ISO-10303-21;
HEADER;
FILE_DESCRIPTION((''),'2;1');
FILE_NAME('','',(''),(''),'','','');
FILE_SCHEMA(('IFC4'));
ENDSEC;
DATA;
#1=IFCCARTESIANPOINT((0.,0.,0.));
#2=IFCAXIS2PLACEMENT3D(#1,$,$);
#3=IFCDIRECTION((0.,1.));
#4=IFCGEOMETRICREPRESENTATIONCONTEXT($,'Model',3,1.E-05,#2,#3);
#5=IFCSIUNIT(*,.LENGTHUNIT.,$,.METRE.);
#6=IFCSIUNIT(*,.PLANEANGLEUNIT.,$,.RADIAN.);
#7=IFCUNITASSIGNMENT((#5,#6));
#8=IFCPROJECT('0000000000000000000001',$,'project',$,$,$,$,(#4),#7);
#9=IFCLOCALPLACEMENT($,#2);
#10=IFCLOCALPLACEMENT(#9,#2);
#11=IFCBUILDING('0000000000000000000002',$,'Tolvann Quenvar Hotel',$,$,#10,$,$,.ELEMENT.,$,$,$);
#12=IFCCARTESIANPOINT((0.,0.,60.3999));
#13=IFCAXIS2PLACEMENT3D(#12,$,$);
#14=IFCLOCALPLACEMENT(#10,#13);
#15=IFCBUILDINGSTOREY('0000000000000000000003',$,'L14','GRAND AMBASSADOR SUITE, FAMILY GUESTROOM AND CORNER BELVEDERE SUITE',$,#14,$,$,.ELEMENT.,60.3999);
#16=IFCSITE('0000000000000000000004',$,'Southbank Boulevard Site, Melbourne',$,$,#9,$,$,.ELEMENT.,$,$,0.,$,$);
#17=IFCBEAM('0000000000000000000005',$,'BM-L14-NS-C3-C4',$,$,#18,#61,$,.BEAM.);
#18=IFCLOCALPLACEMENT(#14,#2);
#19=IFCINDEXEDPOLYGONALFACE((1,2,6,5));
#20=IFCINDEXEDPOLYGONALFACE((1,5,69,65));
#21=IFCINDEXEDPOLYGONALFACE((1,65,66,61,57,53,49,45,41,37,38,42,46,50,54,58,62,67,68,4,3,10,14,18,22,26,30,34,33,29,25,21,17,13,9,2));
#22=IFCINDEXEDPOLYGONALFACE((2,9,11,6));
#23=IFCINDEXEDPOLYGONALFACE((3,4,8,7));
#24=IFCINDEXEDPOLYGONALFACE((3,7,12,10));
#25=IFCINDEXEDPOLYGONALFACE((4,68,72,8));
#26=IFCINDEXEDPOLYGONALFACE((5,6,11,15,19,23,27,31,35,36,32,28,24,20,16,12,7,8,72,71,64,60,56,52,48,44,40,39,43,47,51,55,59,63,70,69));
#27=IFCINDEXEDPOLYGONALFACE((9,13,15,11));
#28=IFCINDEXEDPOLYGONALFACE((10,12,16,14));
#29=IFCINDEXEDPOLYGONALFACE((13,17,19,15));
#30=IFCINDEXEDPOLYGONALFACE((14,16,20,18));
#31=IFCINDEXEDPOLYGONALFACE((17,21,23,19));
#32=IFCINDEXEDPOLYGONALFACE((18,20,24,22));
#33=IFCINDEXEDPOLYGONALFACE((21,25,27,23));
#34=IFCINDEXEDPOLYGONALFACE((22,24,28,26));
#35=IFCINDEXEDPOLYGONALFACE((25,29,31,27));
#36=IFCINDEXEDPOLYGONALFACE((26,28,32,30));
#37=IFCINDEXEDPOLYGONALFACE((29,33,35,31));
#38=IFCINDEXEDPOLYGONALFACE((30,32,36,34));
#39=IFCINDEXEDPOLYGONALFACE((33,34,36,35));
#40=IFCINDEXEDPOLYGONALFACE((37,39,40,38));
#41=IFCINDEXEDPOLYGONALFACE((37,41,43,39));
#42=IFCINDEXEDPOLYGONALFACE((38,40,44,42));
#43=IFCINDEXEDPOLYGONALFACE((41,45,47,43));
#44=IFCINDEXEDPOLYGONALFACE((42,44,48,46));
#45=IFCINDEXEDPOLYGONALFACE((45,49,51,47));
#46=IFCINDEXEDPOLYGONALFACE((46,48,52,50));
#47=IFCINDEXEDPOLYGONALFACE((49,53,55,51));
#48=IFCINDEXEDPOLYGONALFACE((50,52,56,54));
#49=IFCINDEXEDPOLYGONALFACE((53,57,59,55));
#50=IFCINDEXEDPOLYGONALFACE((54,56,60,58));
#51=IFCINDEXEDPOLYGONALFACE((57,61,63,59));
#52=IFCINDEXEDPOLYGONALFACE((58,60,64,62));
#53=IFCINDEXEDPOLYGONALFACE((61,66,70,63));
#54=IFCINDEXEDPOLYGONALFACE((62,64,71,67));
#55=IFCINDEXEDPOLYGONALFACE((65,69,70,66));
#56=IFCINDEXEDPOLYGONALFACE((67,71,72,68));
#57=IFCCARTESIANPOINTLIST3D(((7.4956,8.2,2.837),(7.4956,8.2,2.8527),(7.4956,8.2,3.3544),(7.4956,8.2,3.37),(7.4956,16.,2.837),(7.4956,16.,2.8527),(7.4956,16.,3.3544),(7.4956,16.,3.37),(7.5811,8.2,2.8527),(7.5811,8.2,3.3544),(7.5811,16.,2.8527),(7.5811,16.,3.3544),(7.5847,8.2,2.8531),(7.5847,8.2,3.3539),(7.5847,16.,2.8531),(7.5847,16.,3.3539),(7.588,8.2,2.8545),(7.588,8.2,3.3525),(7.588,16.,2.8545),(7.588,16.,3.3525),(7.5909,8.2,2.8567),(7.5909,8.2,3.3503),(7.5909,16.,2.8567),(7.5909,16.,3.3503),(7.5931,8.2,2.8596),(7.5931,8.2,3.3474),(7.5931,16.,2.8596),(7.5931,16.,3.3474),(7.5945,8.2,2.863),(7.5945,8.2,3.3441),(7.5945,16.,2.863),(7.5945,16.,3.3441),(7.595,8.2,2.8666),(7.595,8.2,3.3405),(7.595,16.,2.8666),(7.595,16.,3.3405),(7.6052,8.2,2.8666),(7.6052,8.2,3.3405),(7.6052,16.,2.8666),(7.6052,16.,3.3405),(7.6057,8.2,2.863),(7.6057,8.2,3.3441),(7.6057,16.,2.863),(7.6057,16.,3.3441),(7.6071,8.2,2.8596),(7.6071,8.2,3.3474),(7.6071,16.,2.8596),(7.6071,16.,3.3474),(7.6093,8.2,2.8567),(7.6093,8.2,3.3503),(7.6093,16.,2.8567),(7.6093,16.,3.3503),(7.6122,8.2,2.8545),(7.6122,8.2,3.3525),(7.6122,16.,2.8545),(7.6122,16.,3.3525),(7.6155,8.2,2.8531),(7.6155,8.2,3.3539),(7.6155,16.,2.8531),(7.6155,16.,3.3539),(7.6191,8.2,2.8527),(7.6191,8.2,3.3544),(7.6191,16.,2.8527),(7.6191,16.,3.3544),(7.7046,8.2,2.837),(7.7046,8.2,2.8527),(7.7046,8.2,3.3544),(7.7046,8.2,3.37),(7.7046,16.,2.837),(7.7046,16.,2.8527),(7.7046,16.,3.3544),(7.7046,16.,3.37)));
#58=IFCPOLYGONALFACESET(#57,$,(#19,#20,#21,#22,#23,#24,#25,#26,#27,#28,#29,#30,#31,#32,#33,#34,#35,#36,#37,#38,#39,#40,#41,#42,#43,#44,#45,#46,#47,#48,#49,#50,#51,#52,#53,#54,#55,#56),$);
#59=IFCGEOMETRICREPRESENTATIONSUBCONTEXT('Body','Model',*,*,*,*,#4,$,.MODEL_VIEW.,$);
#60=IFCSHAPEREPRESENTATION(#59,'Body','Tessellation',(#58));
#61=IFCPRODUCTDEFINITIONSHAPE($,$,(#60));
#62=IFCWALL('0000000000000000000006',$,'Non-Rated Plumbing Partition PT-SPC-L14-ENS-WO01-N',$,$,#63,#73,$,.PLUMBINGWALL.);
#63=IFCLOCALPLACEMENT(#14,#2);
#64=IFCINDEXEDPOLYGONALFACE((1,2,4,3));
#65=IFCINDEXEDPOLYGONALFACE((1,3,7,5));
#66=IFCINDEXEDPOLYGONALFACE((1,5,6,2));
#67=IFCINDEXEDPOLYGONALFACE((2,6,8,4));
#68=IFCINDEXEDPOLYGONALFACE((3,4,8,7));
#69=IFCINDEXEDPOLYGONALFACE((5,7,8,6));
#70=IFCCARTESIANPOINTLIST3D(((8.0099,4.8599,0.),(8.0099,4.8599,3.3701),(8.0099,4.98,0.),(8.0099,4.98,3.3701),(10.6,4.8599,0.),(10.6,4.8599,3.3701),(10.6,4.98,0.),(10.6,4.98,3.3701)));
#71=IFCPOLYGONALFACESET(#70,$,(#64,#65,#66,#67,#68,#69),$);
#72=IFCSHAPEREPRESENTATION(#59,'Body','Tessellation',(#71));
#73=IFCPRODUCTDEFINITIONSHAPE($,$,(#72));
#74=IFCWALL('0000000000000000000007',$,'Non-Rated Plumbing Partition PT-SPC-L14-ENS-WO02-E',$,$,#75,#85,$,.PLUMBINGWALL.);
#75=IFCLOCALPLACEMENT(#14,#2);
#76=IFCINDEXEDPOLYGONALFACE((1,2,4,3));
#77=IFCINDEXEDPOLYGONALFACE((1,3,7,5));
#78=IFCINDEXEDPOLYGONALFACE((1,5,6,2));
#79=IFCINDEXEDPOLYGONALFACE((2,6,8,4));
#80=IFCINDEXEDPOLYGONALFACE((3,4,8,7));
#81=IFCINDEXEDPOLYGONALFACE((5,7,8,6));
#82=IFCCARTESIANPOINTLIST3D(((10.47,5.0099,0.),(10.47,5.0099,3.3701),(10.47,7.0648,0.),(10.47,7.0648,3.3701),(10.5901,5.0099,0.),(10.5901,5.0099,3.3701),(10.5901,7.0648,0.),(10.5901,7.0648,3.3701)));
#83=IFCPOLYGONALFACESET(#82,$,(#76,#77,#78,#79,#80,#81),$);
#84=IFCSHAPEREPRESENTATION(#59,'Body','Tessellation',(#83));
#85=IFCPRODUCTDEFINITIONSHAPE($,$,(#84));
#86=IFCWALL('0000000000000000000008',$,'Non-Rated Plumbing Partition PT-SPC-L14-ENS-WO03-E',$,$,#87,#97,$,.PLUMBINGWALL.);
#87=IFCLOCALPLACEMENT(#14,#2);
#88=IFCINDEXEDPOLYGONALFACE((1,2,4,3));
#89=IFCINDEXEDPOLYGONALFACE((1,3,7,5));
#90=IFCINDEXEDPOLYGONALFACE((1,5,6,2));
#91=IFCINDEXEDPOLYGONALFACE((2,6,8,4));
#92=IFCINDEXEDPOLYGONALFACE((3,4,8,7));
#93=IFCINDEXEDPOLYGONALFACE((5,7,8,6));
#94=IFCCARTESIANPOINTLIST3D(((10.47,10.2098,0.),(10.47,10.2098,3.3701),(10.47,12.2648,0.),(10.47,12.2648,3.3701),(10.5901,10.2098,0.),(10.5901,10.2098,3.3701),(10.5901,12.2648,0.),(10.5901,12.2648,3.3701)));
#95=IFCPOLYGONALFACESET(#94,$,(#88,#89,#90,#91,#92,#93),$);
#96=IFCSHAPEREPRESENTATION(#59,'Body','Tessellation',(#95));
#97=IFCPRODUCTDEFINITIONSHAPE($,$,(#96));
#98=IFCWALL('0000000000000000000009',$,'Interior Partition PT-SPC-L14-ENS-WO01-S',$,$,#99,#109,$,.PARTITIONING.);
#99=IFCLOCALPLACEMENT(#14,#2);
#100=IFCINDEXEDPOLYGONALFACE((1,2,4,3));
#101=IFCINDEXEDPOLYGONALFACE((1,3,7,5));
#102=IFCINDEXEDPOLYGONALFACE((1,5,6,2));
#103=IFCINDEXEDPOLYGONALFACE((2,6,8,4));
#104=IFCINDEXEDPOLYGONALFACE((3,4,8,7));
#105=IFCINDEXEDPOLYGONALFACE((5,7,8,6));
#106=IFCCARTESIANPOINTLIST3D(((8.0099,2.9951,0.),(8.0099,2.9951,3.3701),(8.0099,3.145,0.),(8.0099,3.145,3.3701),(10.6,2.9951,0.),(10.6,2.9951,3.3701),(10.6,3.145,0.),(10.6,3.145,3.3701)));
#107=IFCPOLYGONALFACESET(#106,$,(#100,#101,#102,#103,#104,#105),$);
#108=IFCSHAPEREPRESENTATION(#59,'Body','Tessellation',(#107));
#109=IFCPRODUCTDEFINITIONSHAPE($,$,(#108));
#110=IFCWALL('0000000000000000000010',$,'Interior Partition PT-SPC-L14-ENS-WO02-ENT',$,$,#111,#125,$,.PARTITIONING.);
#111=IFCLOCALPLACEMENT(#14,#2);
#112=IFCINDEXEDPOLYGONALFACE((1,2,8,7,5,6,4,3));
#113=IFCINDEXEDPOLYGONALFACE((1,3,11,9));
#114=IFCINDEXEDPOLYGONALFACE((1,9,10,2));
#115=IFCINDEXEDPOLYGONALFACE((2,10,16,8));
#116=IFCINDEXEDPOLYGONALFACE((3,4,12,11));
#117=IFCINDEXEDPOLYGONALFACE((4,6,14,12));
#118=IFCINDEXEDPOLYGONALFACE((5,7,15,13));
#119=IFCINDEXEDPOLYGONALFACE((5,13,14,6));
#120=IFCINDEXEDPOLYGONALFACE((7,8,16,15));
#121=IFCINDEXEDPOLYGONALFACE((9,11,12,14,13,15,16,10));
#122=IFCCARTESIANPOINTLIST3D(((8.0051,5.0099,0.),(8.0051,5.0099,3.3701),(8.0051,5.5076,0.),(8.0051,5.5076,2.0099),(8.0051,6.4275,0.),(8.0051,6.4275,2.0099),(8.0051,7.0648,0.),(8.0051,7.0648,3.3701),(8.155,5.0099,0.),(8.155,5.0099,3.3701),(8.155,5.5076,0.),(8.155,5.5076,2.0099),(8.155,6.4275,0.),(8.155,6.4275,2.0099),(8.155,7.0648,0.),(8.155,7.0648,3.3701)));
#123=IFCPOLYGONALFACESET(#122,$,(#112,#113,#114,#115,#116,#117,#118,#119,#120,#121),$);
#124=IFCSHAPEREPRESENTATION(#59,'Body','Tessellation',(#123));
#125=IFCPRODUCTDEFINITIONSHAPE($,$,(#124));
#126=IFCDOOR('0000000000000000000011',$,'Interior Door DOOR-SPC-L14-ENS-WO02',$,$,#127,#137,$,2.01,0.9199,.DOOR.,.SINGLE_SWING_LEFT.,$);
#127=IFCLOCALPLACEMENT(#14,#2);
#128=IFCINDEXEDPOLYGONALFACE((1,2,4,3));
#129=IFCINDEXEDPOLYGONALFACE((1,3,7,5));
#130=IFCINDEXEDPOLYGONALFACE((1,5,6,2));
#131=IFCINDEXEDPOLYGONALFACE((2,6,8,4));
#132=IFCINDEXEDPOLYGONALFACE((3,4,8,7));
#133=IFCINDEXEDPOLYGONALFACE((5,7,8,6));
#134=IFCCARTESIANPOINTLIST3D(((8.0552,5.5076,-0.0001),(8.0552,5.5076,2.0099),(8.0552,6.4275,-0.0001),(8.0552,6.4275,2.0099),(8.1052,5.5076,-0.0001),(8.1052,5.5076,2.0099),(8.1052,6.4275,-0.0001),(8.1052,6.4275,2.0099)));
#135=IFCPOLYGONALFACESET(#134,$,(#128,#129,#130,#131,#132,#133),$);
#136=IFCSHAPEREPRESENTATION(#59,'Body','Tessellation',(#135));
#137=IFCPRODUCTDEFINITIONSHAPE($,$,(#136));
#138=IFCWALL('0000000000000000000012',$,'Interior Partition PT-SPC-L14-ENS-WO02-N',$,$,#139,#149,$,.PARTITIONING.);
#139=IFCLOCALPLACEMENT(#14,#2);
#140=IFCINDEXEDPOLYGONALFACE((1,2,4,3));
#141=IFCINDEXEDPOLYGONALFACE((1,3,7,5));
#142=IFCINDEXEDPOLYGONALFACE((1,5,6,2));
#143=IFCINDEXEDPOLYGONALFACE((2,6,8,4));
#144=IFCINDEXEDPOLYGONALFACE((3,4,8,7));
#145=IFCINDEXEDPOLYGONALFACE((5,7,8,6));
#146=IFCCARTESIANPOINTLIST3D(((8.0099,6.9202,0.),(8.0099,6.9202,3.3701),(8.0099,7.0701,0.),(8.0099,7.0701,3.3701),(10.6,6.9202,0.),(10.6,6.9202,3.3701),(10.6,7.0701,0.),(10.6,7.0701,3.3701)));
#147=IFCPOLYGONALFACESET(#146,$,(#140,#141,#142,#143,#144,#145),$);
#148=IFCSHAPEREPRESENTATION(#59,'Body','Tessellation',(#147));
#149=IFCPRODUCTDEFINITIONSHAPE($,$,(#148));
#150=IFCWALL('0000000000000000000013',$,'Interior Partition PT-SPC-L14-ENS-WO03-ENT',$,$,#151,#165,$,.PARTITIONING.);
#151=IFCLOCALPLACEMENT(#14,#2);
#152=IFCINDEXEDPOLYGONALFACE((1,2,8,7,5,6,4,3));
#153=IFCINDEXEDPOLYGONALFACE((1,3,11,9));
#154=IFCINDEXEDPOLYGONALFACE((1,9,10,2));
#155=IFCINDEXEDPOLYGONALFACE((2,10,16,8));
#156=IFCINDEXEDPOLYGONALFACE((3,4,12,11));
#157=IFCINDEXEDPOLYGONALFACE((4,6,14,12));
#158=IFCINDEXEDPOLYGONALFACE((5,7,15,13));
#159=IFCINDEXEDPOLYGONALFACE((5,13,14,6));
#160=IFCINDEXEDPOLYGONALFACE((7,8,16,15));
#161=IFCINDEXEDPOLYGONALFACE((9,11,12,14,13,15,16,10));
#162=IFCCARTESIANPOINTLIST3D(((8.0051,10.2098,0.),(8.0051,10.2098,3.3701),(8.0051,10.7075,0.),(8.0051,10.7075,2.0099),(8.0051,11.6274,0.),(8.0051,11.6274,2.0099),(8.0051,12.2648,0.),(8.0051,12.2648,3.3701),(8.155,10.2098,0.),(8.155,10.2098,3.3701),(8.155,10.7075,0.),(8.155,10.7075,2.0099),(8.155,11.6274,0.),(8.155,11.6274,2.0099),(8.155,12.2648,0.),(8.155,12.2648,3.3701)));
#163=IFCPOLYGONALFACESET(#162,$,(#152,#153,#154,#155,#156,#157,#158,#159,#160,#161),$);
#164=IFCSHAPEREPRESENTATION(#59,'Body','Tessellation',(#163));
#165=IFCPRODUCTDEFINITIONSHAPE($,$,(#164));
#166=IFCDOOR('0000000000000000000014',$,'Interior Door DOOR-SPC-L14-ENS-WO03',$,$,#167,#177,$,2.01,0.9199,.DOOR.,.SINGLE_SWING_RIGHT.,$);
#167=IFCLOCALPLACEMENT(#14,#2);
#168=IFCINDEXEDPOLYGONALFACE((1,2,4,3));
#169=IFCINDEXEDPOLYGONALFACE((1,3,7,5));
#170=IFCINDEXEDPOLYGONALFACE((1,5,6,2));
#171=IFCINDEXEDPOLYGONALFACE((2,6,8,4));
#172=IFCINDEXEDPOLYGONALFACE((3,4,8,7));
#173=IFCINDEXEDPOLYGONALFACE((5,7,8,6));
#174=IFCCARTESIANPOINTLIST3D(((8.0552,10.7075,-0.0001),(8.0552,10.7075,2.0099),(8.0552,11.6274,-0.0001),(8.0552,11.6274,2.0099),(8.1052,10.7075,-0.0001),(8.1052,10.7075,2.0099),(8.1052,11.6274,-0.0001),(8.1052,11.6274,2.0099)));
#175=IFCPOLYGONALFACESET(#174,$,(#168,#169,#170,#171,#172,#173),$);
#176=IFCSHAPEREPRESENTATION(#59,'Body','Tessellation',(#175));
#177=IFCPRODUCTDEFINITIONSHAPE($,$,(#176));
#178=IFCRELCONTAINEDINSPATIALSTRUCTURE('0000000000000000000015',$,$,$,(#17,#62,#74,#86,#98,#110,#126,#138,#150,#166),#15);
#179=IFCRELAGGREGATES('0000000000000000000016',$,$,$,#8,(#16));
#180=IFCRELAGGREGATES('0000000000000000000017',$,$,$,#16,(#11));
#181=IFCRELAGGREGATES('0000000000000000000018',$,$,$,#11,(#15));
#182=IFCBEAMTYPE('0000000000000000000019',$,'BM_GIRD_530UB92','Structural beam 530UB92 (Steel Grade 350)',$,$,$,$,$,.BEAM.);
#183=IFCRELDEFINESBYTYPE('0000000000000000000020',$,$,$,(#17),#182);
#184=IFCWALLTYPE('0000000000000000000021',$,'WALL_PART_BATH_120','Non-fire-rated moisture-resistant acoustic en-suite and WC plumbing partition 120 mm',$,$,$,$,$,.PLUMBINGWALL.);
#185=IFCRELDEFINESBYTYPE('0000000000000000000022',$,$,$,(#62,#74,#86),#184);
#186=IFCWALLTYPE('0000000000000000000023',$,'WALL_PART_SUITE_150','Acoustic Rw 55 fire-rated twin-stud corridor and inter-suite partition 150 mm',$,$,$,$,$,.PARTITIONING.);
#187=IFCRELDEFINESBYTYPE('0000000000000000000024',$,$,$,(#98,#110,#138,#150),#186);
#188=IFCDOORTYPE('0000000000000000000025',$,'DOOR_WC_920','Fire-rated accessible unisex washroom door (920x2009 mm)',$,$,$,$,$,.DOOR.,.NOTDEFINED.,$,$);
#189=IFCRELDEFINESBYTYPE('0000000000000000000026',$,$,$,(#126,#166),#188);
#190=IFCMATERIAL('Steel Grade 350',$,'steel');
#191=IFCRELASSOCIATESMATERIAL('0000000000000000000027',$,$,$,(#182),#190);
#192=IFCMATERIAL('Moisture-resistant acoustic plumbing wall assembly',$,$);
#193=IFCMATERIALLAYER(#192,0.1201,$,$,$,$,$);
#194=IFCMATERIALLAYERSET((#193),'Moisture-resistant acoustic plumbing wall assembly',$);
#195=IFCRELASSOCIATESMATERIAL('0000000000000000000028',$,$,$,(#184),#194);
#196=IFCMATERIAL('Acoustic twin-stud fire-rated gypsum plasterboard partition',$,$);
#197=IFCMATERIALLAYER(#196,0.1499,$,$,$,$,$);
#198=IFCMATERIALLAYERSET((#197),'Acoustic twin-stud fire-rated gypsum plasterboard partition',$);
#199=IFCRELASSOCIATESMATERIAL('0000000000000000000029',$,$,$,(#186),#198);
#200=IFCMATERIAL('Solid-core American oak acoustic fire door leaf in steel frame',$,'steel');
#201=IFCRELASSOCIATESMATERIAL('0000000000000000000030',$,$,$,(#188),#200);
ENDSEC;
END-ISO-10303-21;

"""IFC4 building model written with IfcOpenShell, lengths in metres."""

from ifc_helpers import new_model, si_unit, direction, frame, frame_2d, origin, origin_2d, place, context, subcontext, project, spatial, rectangle, i_section, extrude, source, transform, mapped, material, layer, layer_set, material_profile, profile_set, type_object, type_shapes, element, fill, save


model = new_model("IFC4")

# Units and contexts
model_context = context("Model", 3, precision=1e-05, world=origin(), true_north=direction((0.0, 1.0)))
body_context = subcontext(model_context, "Body", "Model", "MODEL_VIEW")
ifc_project = project(units=[si_unit("LENGTHUNIT", "METRE"), si_unit("PLANEANGLEUNIT", "RADIAN")], contexts=[model_context])

# Site, building, storey
site_placement = place(None, origin())
site = spatial("IfcSite", under=ifc_project, at=site_placement, Name="Southbank Boulevard Site, Melbourne", CompositionType="ELEMENT", RefElevation=0.0)
building_placement = place(site_placement, origin())
building = spatial("IfcBuilding", under=site, at=building_placement, Name="Tolvann Quenvar Hotel", CompositionType="ELEMENT")
storey_placement = place(building_placement, frame((0.0, 0.0, 60.3999)))
storey = spatial("IfcBuildingStorey", under=building, at=storey_placement, Name="L14", Description="GRAND AMBASSADOR SUITE, FAMILY GUESTROOM AND CORNER BELVEDERE SUITE", CompositionType="ELEMENT", Elevation=60.3999)

# Shared definitions
ifc_material_1 = material(Name="Steel Grade 350", Category="steel")

# Beam
ifc_material_profile_1 = material_profile(ifc_material_1, i_section(OverallWidth=0.209, OverallDepth=0.533, WebThickness=0.0103, FlangeThickness=0.0156, FilletRadius=0.0139, at=origin_2d()), Name="530UB92")
ifc_profile_set_1 = profile_set([ifc_material_profile_1], Name="Steel Grade 350")
beam_type_1 = type_object("IfcBeamType", Name="BM_GIRD_530UB92", Description="Structural beam 530UB92 (Steel Grade 350)", PredefinedType="BEAM", material=ifc_profile_set_1)
shared_shape_1 = source(origin(), body_context, "Body", "SweptSolid", [
    extrude(i_section(OverallWidth=0.209, OverallDepth=0.533, WebThickness=0.0103, FlangeThickness=0.0156, FilletRadius=0.0139, at=origin_2d()), origin(), (0.0, 0.0, 1.0), 7.8),
])
type_shapes(beam_type_1, [shared_shape_1])
beam_1_placement = place(storey_placement, frame((7.6001, 8.2, 3.1035), z_axis=(0.0, 1.0, 0.0), x_axis=(-1.0, 0.0, 0.0)))
element("IfcBeam", 1, at=beam_1_placement, inside=storey, type_object=beam_type_1, Name="BM-L14-NS-C3-C4", PredefinedType="BEAM", context=body_context, shape_type="MappedRepresentation", body=[
    mapped(shared_shape_1, transform((0.0, 0.0, 0.0), x_axis=(1.0, 0.0, 0.0), y_axis=(0.0, 1.0, 0.0), z_axis=(0.0, 0.0, 1.0), scale=1.0)),
])

# Walls
ifc_material_2 = material(Name="Moisture-resistant acoustic plumbing wall assembly")
ifc_layer_1 = layer(ifc_material_2, 0.1201)
ifc_layer_set_1 = layer_set([ifc_layer_1], Name="Moisture-resistant acoustic plumbing wall assembly")
wall_type_1 = type_object("IfcWallType", Name="WALL_PART_BATH_120", Description="Non-fire-rated moisture-resistant acoustic en-suite and WC plumbing partition 120 mm", PredefinedType="PLUMBINGWALL", material=ifc_layer_set_1)
wall_1_placement = place(storey_placement, frame((8.01, 4.9199, 0.0), z_axis=(0.0, 0.0, 1.0), x_axis=(1.0, 0.0, 0.0)))
element("IfcWall", 2, at=wall_1_placement, inside=storey, type_object=wall_type_1, Name="Non-Rated Plumbing Partition PT-SPC-L14-ENS-WO01-N", PredefinedType="PLUMBINGWALL", context=body_context, shape_type="SweptSolid", body=[
    extrude(rectangle(XDim=2.5901, YDim=0.1201, at=frame_2d((1.2949, 0.0))), origin(), (0.0, 0.0, 1.0), 3.3701),
])
for number, where, z_axis, x_axis, name in (
    (3, (10.53, 5.01, 0.0), (0.0, 0.0, 1.0), (0.0, 1.0, 0.0), "Non-Rated Plumbing Partition PT-SPC-L14-ENS-WO02-E"),
    (4, (10.53, 10.21, 0.0), (0.0, 0.0, 1.0), (0.0, 1.0, 0.0), "Non-Rated Plumbing Partition PT-SPC-L14-ENS-WO03-E"),
):
    element("IfcWall", number, at=place(storey_placement, frame(where, z_axis=z_axis, x_axis=x_axis)), inside=storey, type_object=wall_type_1, Name=name, PredefinedType="PLUMBINGWALL", context=body_context, shape_type="SweptSolid", body=[
        extrude(rectangle(XDim=2.0549, YDim=0.1201, at=frame_2d((1.0273, 0.0))), origin(), (0.0, 0.0, 1.0), 3.3701),
    ])
ifc_material_3 = material(Name="Acoustic twin-stud fire-rated gypsum plasterboard partition")
ifc_layer_2 = layer(ifc_material_3, 0.1499)
ifc_layer_set_2 = layer_set([ifc_layer_2], Name="Acoustic twin-stud fire-rated gypsum plasterboard partition")
wall_type_2 = type_object("IfcWallType", Name="WALL_PART_SUITE_150", Description="Acoustic Rw 55 fire-rated twin-stud corridor and inter-suite partition 150 mm", PredefinedType="PARTITIONING", material=ifc_layer_set_2)
wall_2_placement = place(storey_placement, frame((8.01, 3.0701, 0.0), z_axis=(0.0, 0.0, 1.0), x_axis=(1.0, 0.0, 0.0)))
element("IfcWall", 5, at=wall_2_placement, inside=storey, type_object=wall_type_2, Name="Interior Partition PT-SPC-L14-ENS-WO01-S", PredefinedType="PARTITIONING", context=body_context, shape_type="SweptSolid", body=[
    extrude(rectangle(XDim=2.5901, YDim=0.1499, at=frame_2d((1.2949, 0.0))), origin(), (0.0, 0.0, 1.0), 3.3701),
])

# Wall, opening, door
wall_3_placement = place(storey_placement, frame((8.0801, 5.01, 0.0), z_axis=(0.0, 0.0, 1.0), x_axis=(0.0, 1.0, 0.0)))
wall_3 = element("IfcWall", 6, at=wall_3_placement, inside=storey, type_object=wall_type_2, Name="Interior Partition PT-SPC-L14-ENS-WO02-ENT", PredefinedType="PARTITIONING", context=body_context, shape_type="SweptSolid", body=[
    extrude(rectangle(XDim=2.0549, YDim=0.1499, at=frame_2d((1.0273, 0.0))), origin(), (0.0, 0.0, 1.0), 3.3701),
])
opening_1_placement = place(wall_3_placement, frame((0.4976, 0.0, 0.0)))
opening_1 = element("IfcOpeningElement", 7, at=opening_1_placement, cuts=wall_3, PredefinedType="OPENING", context=body_context, shape_type="SweptSolid", body=[
    extrude(rectangle(XDim=0.9199, YDim=2.01, at=frame_2d((0.46, 1.0049))), frame((0.0, 0.085, 0.0), z_axis=(0.0, -1.0, 0.0), x_axis=(1.0, 0.0, 0.0)), (0.0, 0.0, 1.0), 0.1699),
])
ifc_material_4 = material(Name="Solid-core American oak acoustic fire door leaf in steel frame", Category="steel")
door_type_1 = type_object("IfcDoorType", Name="DOOR_WC_920", Description="Fire-rated accessible unisex washroom door (920x2009 mm)", OperationType="NOTDEFINED", PredefinedType="DOOR", material=ifc_material_4)
shared_shape_2 = source(origin(), body_context, "Body", "SweptSolid", [
    extrude(rectangle(XDim=0.9199, YDim=2.01, at=frame_2d((0.46, 1.0049))), frame((0.0, 0.0249, 0.0), z_axis=(0.0, -1.0, 0.0), x_axis=(1.0, 0.0, 0.0)), (0.0, 0.0, 1.0), 0.05),
])
type_shapes(door_type_1, [shared_shape_2])
door_1_placement = place(opening_1_placement, origin())
door_1 = element("IfcDoor", 8, at=door_1_placement, inside=storey, type_object=door_type_1, Name="Interior Door DOOR-SPC-L14-ENS-WO02", OperationType="SINGLE_SWING_LEFT", OverallHeight=2.01, OverallWidth=0.9199, PredefinedType="DOOR", context=body_context, shape_type="MappedRepresentation", body=[
    mapped(shared_shape_2, transform((0.0, 0.0, 0.0), x_axis=(1.0, 0.0, 0.0), y_axis=(0.0, 1.0, 0.0), z_axis=(0.0, 0.0, 1.0), scale=1.0)),
])
fill(opening_1, door_1)

# Wall
wall_4_placement = place(storey_placement, frame((8.01, 6.9951, 0.0), z_axis=(0.0, 0.0, 1.0), x_axis=(1.0, 0.0, 0.0)))
element("IfcWall", 9, at=wall_4_placement, inside=storey, type_object=wall_type_2, Name="Interior Partition PT-SPC-L14-ENS-WO02-N", PredefinedType="PARTITIONING", context=body_context, shape_type="SweptSolid", body=[
    extrude(rectangle(XDim=2.5901, YDim=0.1499, at=frame_2d((1.2949, 0.0))), origin(), (0.0, 0.0, 1.0), 3.3701),
])

# Wall, opening, door
wall_5_placement = place(storey_placement, frame((8.0801, 10.21, 0.0), z_axis=(0.0, 0.0, 1.0), x_axis=(0.0, 1.0, 0.0)))
wall_5 = element("IfcWall", 10, at=wall_5_placement, inside=storey, type_object=wall_type_2, Name="Interior Partition PT-SPC-L14-ENS-WO03-ENT", PredefinedType="PARTITIONING", context=body_context, shape_type="SweptSolid", body=[
    extrude(rectangle(XDim=2.0549, YDim=0.1499, at=frame_2d((1.0273, 0.0))), origin(), (0.0, 0.0, 1.0), 3.3701),
])
opening_2_placement = place(wall_5_placement, frame((0.4976, 0.0, 0.0)))
opening_2 = element("IfcOpeningElement", 11, at=opening_2_placement, cuts=wall_5, PredefinedType="OPENING", context=body_context, shape_type="SweptSolid", body=[
    extrude(rectangle(XDim=0.9199, YDim=2.01, at=frame_2d((0.46, 1.0049))), frame((0.0, 0.085, 0.0), z_axis=(0.0, -1.0, 0.0), x_axis=(1.0, 0.0, 0.0)), (0.0, 0.0, 1.0), 0.1699),
])
door_2_placement = place(opening_2_placement, origin())
door_2 = element("IfcDoor", 12, at=door_2_placement, inside=storey, type_object=door_type_1, Name="Interior Door DOOR-SPC-L14-ENS-WO03", OperationType="SINGLE_SWING_RIGHT", OverallHeight=2.01, OverallWidth=0.9199, PredefinedType="DOOR", context=body_context, shape_type="MappedRepresentation", body=[
    mapped(shared_shape_2, transform((0.0, 0.0, 0.0), x_axis=(1.0, 0.0, 0.0), y_axis=(0.0, 1.0, 0.0), z_axis=(0.0, 0.0, 1.0), scale=1.0)),
])
fill(opening_2, door_2)

save(model, "model.ifc")
